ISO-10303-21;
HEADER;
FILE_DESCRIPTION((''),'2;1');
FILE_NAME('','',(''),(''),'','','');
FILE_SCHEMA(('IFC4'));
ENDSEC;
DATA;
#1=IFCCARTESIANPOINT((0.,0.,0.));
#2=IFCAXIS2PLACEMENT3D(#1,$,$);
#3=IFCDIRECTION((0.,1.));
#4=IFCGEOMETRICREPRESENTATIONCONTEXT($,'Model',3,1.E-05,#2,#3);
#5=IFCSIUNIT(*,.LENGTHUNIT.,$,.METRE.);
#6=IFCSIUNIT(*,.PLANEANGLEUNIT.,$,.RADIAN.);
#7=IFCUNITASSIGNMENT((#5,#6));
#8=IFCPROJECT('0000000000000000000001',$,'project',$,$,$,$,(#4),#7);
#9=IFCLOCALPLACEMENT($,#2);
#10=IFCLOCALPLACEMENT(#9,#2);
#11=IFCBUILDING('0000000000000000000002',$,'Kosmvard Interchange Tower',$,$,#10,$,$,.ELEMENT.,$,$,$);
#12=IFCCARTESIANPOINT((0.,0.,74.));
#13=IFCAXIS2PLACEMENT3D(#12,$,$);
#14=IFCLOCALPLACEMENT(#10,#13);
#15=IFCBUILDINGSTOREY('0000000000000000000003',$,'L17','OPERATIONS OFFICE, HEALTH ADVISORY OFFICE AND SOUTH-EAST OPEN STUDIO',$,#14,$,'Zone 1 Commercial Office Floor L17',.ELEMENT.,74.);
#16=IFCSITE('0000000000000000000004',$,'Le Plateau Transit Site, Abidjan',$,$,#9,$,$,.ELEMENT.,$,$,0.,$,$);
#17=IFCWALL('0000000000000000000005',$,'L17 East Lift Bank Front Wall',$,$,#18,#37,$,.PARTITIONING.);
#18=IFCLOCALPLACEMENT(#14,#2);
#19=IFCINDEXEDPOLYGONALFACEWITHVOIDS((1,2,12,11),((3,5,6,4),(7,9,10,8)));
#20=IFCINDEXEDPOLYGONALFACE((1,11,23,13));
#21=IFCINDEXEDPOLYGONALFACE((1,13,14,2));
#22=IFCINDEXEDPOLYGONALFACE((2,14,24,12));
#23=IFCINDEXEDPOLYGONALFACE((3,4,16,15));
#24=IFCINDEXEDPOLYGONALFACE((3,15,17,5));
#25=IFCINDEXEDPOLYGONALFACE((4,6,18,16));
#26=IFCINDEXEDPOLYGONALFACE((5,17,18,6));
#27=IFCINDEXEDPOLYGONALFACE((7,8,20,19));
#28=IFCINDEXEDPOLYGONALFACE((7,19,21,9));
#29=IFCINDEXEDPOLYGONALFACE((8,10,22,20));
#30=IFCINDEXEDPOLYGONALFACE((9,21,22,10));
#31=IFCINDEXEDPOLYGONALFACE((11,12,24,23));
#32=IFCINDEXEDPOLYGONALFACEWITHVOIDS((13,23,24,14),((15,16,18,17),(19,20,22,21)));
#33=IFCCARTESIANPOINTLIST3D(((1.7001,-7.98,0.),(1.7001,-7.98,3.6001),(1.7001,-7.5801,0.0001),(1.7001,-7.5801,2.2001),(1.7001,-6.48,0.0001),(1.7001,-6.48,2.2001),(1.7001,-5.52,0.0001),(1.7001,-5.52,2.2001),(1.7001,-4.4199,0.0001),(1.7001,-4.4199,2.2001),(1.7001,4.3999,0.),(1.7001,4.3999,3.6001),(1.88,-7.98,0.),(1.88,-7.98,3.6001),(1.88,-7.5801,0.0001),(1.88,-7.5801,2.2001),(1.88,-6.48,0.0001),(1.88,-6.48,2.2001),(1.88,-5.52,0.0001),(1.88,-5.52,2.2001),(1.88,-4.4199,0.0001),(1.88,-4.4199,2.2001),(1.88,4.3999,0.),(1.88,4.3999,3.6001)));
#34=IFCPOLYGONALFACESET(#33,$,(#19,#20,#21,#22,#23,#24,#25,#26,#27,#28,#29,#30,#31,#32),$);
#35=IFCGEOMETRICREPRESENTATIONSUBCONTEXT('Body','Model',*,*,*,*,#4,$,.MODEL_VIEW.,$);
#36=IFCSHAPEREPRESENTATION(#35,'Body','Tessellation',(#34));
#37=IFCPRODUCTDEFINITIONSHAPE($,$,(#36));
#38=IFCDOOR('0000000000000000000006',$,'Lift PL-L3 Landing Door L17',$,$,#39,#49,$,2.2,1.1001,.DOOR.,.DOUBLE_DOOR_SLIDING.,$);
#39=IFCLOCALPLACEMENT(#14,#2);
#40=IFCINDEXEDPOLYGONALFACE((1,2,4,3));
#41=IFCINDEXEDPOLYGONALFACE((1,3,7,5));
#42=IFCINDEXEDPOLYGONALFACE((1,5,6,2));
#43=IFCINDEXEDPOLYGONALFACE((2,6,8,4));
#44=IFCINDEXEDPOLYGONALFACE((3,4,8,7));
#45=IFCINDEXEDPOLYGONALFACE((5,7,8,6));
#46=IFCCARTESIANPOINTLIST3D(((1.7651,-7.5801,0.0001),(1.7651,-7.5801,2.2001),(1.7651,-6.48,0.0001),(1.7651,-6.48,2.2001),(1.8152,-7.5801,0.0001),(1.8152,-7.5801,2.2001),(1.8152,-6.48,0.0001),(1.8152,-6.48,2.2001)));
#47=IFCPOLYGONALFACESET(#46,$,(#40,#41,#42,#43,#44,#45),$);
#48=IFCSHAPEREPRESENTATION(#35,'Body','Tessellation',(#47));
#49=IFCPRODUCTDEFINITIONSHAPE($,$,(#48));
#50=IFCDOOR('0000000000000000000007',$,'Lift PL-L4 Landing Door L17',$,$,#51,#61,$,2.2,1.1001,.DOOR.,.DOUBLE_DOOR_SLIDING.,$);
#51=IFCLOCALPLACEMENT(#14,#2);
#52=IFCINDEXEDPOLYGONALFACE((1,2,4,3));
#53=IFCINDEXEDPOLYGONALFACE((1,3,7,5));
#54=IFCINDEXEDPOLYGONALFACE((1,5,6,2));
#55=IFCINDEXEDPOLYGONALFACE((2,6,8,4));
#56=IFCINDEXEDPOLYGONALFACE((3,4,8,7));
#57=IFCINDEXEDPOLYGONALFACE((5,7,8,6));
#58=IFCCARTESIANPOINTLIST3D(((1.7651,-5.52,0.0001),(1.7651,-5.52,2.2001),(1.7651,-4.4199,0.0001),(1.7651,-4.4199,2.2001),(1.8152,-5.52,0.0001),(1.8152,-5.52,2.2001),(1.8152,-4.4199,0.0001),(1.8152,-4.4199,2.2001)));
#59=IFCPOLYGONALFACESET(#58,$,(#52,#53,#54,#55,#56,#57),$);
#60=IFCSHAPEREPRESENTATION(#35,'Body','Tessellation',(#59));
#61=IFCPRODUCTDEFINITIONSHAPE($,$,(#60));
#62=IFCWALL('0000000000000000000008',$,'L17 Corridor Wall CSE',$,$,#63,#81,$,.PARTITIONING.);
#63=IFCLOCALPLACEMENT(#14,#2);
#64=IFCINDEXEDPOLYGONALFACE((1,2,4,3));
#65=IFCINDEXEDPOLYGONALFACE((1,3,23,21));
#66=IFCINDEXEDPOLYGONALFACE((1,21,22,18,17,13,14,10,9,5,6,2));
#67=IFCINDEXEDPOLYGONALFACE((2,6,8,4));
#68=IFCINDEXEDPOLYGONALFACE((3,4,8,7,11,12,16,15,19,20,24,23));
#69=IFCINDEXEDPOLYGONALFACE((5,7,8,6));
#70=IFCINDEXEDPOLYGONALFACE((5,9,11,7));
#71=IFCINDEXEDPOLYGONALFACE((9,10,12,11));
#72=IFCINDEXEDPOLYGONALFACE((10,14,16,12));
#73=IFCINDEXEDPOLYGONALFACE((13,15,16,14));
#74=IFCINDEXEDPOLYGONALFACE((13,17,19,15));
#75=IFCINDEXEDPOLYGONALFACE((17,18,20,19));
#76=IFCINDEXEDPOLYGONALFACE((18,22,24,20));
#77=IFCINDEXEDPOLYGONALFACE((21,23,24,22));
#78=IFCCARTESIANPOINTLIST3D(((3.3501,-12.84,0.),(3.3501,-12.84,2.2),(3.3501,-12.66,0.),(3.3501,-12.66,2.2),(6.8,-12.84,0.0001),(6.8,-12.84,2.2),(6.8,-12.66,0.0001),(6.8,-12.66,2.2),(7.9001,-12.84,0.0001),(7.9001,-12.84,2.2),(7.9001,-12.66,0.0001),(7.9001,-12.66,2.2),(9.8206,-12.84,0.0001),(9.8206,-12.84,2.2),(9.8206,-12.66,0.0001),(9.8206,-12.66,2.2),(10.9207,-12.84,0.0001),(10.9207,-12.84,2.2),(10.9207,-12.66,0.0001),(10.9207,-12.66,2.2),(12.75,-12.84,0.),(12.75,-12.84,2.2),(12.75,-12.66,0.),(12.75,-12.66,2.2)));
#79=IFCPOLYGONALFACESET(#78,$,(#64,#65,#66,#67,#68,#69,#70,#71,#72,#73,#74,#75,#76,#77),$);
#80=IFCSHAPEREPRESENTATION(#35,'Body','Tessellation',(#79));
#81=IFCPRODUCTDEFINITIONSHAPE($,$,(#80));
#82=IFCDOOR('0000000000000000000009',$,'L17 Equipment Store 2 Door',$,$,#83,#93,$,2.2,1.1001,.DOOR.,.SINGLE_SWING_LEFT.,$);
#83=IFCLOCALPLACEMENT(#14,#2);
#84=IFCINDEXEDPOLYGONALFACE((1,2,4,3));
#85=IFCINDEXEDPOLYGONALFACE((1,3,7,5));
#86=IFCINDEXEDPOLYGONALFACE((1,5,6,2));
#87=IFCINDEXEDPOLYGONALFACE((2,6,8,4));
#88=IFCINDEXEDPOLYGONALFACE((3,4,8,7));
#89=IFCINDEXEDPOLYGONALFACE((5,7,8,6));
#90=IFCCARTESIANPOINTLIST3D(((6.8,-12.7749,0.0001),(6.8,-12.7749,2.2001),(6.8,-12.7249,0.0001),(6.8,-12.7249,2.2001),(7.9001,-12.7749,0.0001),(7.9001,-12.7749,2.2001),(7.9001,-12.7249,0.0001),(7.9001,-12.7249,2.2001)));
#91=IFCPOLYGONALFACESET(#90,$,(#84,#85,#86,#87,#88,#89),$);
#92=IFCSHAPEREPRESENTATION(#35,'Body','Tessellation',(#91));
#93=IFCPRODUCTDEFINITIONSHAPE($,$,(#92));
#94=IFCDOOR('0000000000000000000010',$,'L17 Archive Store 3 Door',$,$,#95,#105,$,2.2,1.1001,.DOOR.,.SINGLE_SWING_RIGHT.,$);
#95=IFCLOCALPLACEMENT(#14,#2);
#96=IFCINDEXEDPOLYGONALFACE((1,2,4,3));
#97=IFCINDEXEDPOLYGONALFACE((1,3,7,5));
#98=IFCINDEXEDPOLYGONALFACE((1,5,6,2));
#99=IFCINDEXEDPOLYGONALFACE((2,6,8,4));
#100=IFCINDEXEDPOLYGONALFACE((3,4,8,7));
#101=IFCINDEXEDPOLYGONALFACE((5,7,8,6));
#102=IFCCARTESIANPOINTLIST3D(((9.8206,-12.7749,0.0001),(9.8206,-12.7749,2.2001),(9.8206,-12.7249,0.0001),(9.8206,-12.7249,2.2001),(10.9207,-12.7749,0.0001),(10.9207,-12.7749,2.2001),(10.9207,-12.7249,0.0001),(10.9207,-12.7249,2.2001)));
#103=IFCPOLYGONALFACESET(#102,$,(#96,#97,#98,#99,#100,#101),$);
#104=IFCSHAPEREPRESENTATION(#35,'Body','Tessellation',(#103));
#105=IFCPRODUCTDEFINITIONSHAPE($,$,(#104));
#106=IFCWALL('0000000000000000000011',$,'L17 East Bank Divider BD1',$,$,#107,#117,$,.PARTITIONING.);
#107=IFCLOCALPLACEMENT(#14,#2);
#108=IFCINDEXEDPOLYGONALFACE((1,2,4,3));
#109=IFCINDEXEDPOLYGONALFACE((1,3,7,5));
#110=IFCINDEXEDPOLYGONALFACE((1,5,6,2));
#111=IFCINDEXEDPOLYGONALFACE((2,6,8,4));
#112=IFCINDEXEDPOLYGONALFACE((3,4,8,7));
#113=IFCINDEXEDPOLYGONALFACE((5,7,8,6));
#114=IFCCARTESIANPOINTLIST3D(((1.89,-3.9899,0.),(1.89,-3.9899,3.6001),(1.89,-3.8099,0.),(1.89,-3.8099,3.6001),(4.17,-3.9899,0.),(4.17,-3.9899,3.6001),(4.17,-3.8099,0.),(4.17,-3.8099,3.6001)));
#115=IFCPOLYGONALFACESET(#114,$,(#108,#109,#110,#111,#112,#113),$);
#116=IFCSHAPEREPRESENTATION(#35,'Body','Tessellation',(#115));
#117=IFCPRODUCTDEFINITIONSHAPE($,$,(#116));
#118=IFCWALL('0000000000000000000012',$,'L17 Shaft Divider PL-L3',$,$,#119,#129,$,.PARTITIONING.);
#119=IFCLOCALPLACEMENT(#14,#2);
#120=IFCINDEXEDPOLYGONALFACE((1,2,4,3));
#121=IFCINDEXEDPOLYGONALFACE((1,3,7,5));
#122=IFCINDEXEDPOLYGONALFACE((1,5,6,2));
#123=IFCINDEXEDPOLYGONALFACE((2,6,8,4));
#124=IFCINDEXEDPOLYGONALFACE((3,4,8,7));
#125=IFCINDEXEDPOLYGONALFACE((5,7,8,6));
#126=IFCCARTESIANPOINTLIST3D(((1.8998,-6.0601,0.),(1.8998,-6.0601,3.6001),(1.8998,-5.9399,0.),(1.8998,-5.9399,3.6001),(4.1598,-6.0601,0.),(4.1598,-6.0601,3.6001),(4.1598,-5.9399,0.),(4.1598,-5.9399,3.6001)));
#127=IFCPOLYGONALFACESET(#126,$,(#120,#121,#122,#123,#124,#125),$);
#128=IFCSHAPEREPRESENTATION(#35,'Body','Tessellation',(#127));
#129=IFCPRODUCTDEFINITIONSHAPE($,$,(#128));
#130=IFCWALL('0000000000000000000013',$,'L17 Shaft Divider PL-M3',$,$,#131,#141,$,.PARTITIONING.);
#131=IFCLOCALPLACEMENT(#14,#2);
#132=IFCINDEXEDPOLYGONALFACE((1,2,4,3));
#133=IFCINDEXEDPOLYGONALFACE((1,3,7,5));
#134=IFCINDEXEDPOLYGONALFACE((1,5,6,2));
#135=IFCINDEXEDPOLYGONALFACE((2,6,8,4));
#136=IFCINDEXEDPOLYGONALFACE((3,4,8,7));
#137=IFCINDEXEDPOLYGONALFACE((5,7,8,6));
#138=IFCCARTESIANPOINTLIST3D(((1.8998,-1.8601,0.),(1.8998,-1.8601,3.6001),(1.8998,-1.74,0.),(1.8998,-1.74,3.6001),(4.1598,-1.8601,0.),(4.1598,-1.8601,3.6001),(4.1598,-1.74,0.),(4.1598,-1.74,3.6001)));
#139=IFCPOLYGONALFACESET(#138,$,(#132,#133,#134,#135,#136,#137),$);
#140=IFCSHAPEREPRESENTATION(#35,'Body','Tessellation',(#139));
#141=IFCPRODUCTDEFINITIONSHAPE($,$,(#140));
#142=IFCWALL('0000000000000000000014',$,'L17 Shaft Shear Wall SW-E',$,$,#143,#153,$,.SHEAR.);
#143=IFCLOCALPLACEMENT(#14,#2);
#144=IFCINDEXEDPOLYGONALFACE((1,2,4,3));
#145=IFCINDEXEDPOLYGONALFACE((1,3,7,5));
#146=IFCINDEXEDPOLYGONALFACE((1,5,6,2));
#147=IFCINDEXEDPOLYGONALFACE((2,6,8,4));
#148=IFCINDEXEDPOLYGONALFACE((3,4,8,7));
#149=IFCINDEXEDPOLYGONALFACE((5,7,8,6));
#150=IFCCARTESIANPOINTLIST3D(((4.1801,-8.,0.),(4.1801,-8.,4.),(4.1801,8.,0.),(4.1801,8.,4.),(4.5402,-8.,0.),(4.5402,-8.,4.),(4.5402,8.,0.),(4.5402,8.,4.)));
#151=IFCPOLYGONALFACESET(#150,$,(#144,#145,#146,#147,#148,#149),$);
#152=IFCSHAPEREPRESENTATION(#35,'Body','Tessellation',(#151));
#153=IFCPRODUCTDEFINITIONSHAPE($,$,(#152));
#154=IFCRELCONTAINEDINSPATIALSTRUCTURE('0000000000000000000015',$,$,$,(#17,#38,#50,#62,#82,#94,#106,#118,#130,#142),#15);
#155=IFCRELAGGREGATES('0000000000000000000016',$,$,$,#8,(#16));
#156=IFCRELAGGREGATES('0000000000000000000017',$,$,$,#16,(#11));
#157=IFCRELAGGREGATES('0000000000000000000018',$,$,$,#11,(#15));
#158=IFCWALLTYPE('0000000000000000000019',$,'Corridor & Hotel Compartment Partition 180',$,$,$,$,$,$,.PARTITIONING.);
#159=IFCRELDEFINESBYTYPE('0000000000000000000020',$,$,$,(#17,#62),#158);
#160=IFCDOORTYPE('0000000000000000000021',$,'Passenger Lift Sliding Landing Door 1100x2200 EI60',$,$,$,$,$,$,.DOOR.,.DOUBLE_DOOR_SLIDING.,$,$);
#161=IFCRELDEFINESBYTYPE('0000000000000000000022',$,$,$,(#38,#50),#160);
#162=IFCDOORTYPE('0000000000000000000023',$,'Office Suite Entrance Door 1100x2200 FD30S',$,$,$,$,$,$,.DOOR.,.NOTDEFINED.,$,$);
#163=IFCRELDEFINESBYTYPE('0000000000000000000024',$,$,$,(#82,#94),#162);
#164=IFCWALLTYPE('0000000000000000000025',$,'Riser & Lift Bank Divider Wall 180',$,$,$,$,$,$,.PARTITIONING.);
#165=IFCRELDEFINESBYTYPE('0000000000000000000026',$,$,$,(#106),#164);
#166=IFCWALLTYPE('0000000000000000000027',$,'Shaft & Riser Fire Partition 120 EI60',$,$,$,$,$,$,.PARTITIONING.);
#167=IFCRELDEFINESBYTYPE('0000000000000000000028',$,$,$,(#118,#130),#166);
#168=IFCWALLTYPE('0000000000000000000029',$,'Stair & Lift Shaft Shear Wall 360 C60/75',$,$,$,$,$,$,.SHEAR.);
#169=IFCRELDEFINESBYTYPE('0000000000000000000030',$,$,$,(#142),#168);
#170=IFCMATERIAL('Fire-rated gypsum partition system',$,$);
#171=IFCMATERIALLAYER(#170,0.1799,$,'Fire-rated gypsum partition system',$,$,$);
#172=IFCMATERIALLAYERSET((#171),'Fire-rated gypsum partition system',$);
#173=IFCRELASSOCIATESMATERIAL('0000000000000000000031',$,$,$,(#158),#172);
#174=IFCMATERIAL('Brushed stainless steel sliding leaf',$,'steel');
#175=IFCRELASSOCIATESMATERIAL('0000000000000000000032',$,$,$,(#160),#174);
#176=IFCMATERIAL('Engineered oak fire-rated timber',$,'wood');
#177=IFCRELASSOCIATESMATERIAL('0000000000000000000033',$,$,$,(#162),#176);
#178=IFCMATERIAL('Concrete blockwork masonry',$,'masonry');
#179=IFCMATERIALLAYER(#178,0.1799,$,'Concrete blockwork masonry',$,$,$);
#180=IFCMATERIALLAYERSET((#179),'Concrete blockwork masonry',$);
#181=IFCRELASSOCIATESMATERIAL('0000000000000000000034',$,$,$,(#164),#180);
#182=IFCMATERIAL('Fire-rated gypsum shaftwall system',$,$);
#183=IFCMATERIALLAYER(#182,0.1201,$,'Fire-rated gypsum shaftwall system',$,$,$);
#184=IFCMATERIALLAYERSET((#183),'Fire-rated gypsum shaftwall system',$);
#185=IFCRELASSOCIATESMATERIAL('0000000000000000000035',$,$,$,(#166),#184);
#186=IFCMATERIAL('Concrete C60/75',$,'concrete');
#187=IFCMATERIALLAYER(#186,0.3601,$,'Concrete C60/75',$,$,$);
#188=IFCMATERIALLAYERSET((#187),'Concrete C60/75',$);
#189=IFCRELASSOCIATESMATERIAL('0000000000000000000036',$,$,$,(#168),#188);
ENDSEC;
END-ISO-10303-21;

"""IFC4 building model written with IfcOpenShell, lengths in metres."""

from ifc_helpers import new_model, si_unit, direction, frame, frame_2d, origin, place, context, subcontext, project, spatial, rectangle, extrude, source, transform, mapped, material, layer, layer_set, type_object, element, fill, save


model = new_model("IFC4")

# Units and contexts
model_context = context("Model", 3, precision=1e-05, world=origin(), true_north=direction((0.0, 1.0)))
body_context = subcontext(model_context, "Body", "Model", "MODEL_VIEW")
ifc_project = project(units=[si_unit("LENGTHUNIT", "METRE"), si_unit("PLANEANGLEUNIT", "RADIAN")], contexts=[model_context])

# Site, building, storey
site_placement = place(None, origin())
site = spatial("IfcSite", under=ifc_project, at=site_placement, Name="Le Plateau Transit Site, Abidjan", CompositionType="ELEMENT", RefElevation=0.0)
building_placement = place(site_placement, origin())
building = spatial("IfcBuilding", under=site, at=building_placement, Name="Kosmvard Interchange Tower", CompositionType="ELEMENT")
storey_placement = place(building_placement, frame((0.0, 0.0, 74.0)))
storey = spatial("IfcBuildingStorey", under=building, at=storey_placement, Name="L17", Description="OPERATIONS OFFICE, HEALTH ADVISORY OFFICE AND SOUTH-EAST OPEN STUDIO", LongName="Zone 1 Commercial Office Floor L17", CompositionType="ELEMENT", Elevation=74.0)

# Walls, openings, doors
ifc_material_1 = material(Name="Fire-rated gypsum partition system")
ifc_layer_1 = layer(ifc_material_1, 0.1799, Name="Fire-rated gypsum partition system")
ifc_layer_set_1 = layer_set([ifc_layer_1], Name="Fire-rated gypsum partition system")
wall_type_1 = type_object("IfcWallType", Name="Corridor & Hotel Compartment Partition 180", PredefinedType="PARTITIONING", material=ifc_layer_set_1)
wall_1_placement = place(storey_placement, frame((1.79, -7.98, 0.0), z_axis=(0.0, 0.0, 1.0), x_axis=(0.0, 1.0, 0.0)))
wall_1 = element("IfcWall", 1, at=wall_1_placement, inside=storey, type_object=wall_type_1, Name="L17 East Lift Bank Front Wall", PredefinedType="PARTITIONING", context=body_context, shape_type="SweptSolid", body=[
    extrude(rectangle(XDim=12.3799, YDim=0.1799, at=frame_2d((6.1899, 0.0))), origin(), (0.0, 0.0, 1.0), 3.6001),
])
opening_1_placement = place(wall_1_placement, frame((0.3999, 0.0, 0.0)))
opening_1 = element("IfcOpeningElement", 2, at=opening_1_placement, cuts=wall_1, PredefinedType="OPENING", context=body_context, shape_type="SweptSolid", body=[
    extrude(rectangle(XDim=1.1001, YDim=2.2, at=frame_2d((0.55, 1.1001))), frame((0.0, 0.1001, 0.0), z_axis=(0.0, -1.0, 0.0), x_axis=(1.0, 0.0, 0.0)), (0.0, 0.0, 1.0), 0.2),
])
opening_2_placement = place(wall_1_placement, frame((2.46, 0.0, 0.0)))
opening_2 = element("IfcOpeningElement", 3, at=opening_2_placement, cuts=wall_1, PredefinedType="OPENING", context=body_context, shape_type="SweptSolid", body=[
    extrude(rectangle(XDim=1.1001, YDim=2.2, at=frame_2d((0.55, 1.1001))), frame((0.0, 0.1001, 0.0), z_axis=(0.0, -1.0, 0.0), x_axis=(1.0, 0.0, 0.0)), (0.0, 0.0, 1.0), 0.2),
])
ifc_material_2 = material(Name="Brushed stainless steel sliding leaf", Category="steel")
door_type_1 = type_object("IfcDoorType", Name="Passenger Lift Sliding Landing Door 1100x2200 EI60", OperationType="DOUBLE_DOOR_SLIDING", PredefinedType="DOOR", material=ifc_material_2)
shared_shape_1 = source(origin(), body_context, "Body", "SweptSolid", [
    extrude(rectangle(XDim=1.1001, YDim=2.2, at=frame_2d((0.55, 1.1001))), frame((0.0, 0.0249, 0.0), z_axis=(0.0, -1.0, 0.0), x_axis=(1.0, 0.0, 0.0)), (0.0, 0.0, 1.0), 0.05),
])
door_1_placement = place(opening_1_placement, origin())
door_1 = element("IfcDoor", 4, at=door_1_placement, inside=storey, type_object=door_type_1, Name="Lift PL-L3 Landing Door L17", OperationType="DOUBLE_DOOR_SLIDING", OverallHeight=2.2, OverallWidth=1.1001, PredefinedType="DOOR", context=body_context, shape_type="MappedRepresentation", body=[
    mapped(shared_shape_1, transform((0.0, 0.0, 0.0), scale=1.0)),
])
fill(opening_1, door_1)
door_2_placement = place(opening_2_placement, origin())
door_2 = element("IfcDoor", 5, at=door_2_placement, inside=storey, type_object=door_type_1, Name="Lift PL-L4 Landing Door L17", OperationType="DOUBLE_DOOR_SLIDING", OverallHeight=2.2, OverallWidth=1.1001, PredefinedType="DOOR", context=body_context, shape_type="MappedRepresentation", body=[
    mapped(shared_shape_1, transform((0.0, 0.0, 0.0), scale=1.0)),
])
fill(opening_2, door_2)
wall_2_placement = place(storey_placement, frame((3.3501, -12.75, 0.0), z_axis=(0.0, 0.0, 1.0), x_axis=(1.0, 0.0, 0.0)))
wall_2 = element("IfcWall", 6, at=wall_2_placement, inside=storey, type_object=wall_type_1, Name="L17 Corridor Wall CSE", PredefinedType="PARTITIONING", context=body_context, shape_type="SweptSolid", body=[
    extrude(rectangle(XDim=9.3999, YDim=0.1799, at=frame_2d((4.7, 0.0))), origin(), (0.0, 0.0, 1.0), 2.2),
])
opening_3_placement = place(wall_2_placement, frame((3.45, 0.0, 0.0)))
opening_3 = element("IfcOpeningElement", 7, at=opening_3_placement, cuts=wall_2, PredefinedType="OPENING", context=body_context, shape_type="SweptSolid", body=[
    extrude(rectangle(XDim=1.1001, YDim=2.2, at=frame_2d((0.55, 1.1001))), frame((0.0, 0.1001, 0.0), z_axis=(0.0, -1.0, 0.0), x_axis=(1.0, 0.0, 0.0)), (0.0, 0.0, 1.0), 0.2),
])
opening_4_placement = place(wall_2_placement, frame((6.4705, 0.0, 0.0)))
opening_4 = element("IfcOpeningElement", 8, at=opening_4_placement, cuts=wall_2, PredefinedType="OPENING", context=body_context, shape_type="SweptSolid", body=[
    extrude(rectangle(XDim=1.1001, YDim=2.2, at=frame_2d((0.55, 1.1001))), frame((0.0, 0.1001, 0.0), z_axis=(0.0, -1.0, 0.0), x_axis=(1.0, 0.0, 0.0)), (0.0, 0.0, 1.0), 0.2),
])
ifc_material_3 = material(Name="Engineered oak fire-rated timber", Category="wood")
door_type_2 = type_object("IfcDoorType", Name="Office Suite Entrance Door 1100x2200 FD30S", OperationType="NOTDEFINED", PredefinedType="DOOR", material=ifc_material_3)
door_3_placement = place(opening_3_placement, frame((1.1001, 0.0, 0.0), z_axis=(0.0, 0.0, 1.0), x_axis=(-1.0, 0.0, 0.0)))
door_3 = element("IfcDoor", 9, at=door_3_placement, inside=storey, type_object=door_type_2, Name="L17 Equipment Store 2 Door", OperationType="SINGLE_SWING_LEFT", OverallHeight=2.2, OverallWidth=1.1001, PredefinedType="DOOR", context=body_context, shape_type="MappedRepresentation", body=[
    mapped(shared_shape_1, transform((0.0, 0.0, 0.0), scale=1.0)),
])
fill(opening_3, door_3)
door_4_placement = place(opening_4_placement, frame((1.1001, 0.0, 0.0), z_axis=(0.0, 0.0, 1.0), x_axis=(-1.0, 0.0, 0.0)))
door_4 = element("IfcDoor", 10, at=door_4_placement, inside=storey, type_object=door_type_2, Name="L17 Archive Store 3 Door", OperationType="SINGLE_SWING_RIGHT", OverallHeight=2.2, OverallWidth=1.1001, PredefinedType="DOOR", context=body_context, shape_type="MappedRepresentation", body=[
    mapped(shared_shape_1, transform((0.0, 0.0, 0.0), scale=1.0)),
])
fill(opening_4, door_4)

# Walls
ifc_material_4 = material(Name="Concrete blockwork masonry", Category="masonry")
ifc_layer_2 = layer(ifc_material_4, 0.1799, Name="Concrete blockwork masonry")
ifc_layer_set_2 = layer_set([ifc_layer_2], Name="Concrete blockwork masonry")
wall_type_2 = type_object("IfcWallType", Name="Riser & Lift Bank Divider Wall 180", PredefinedType="PARTITIONING", material=ifc_layer_set_2)
wall_3_placement = place(storey_placement, frame((1.8899, -3.8999, 0.0), z_axis=(0.0, 0.0, 1.0), x_axis=(1.0, 0.0, 0.0)))
element("IfcWall", 11, at=wall_3_placement, inside=storey, type_object=wall_type_2, Name="L17 East Bank Divider BD1", PredefinedType="PARTITIONING", context=body_context, shape_type="SweptSolid", body=[
    extrude(rectangle(XDim=2.28, YDim=0.1799, at=frame_2d((1.1401, 0.0))), origin(), (0.0, 0.0, 1.0), 3.6001),
])
ifc_material_5 = material(Name="Fire-rated gypsum shaftwall system")
ifc_layer_3 = layer(ifc_material_5, 0.1201, Name="Fire-rated gypsum shaftwall system")
ifc_layer_set_3 = layer_set([ifc_layer_3], Name="Fire-rated gypsum shaftwall system")
wall_type_3 = type_object("IfcWallType", Name="Shaft & Riser Fire Partition 120 EI60", PredefinedType="PARTITIONING", material=ifc_layer_set_3)
for number, where, z_axis, x_axis, name in (
    (12, (1.8999, -6.0, 0.0), (0.0, 0.0, 1.0), (1.0, 0.0, 0.0), "L17 Shaft Divider PL-L3"),
    (13, (1.8999, -1.8, 0.0), (0.0, 0.0, 1.0), (1.0, 0.0, 0.0), "L17 Shaft Divider PL-M3"),
):
    element("IfcWall", number, at=place(storey_placement, frame(where, z_axis=z_axis, x_axis=x_axis)), inside=storey, type_object=wall_type_3, Name=name, PredefinedType="PARTITIONING", context=body_context, shape_type="SweptSolid", body=[
        extrude(rectangle(XDim=2.26, YDim=0.1201, at=frame_2d((1.1299, 0.0))), origin(), (0.0, 0.0, 1.0), 3.6001),
    ])
ifc_material_6 = material(Name="Concrete C60/75", Category="concrete")
ifc_layer_4 = layer(ifc_material_6, 0.3601, Name="Concrete C60/75")
ifc_layer_set_4 = layer_set([ifc_layer_4], Name="Concrete C60/75")
wall_type_4 = type_object("IfcWallType", Name="Stair & Lift Shaft Shear Wall 360 C60/75", PredefinedType="SHEAR", material=ifc_layer_set_4)
wall_4_placement = place(storey_placement, frame((4.3601, -8.0, 0.0), z_axis=(0.0, 0.0, 1.0), x_axis=(0.0, 1.0, 0.0)))
element("IfcWall", 14, at=wall_4_placement, inside=storey, type_object=wall_type_4, Name="L17 Shaft Shear Wall SW-E", PredefinedType="SHEAR", context=body_context, shape_type="SweptSolid", body=[
    extrude(rectangle(XDim=16.0, YDim=0.3601, at=frame_2d((8.0, 0.0))), origin(), (0.0, 0.0, 1.0), 4.0),
])

save(model, "model.ifc")
